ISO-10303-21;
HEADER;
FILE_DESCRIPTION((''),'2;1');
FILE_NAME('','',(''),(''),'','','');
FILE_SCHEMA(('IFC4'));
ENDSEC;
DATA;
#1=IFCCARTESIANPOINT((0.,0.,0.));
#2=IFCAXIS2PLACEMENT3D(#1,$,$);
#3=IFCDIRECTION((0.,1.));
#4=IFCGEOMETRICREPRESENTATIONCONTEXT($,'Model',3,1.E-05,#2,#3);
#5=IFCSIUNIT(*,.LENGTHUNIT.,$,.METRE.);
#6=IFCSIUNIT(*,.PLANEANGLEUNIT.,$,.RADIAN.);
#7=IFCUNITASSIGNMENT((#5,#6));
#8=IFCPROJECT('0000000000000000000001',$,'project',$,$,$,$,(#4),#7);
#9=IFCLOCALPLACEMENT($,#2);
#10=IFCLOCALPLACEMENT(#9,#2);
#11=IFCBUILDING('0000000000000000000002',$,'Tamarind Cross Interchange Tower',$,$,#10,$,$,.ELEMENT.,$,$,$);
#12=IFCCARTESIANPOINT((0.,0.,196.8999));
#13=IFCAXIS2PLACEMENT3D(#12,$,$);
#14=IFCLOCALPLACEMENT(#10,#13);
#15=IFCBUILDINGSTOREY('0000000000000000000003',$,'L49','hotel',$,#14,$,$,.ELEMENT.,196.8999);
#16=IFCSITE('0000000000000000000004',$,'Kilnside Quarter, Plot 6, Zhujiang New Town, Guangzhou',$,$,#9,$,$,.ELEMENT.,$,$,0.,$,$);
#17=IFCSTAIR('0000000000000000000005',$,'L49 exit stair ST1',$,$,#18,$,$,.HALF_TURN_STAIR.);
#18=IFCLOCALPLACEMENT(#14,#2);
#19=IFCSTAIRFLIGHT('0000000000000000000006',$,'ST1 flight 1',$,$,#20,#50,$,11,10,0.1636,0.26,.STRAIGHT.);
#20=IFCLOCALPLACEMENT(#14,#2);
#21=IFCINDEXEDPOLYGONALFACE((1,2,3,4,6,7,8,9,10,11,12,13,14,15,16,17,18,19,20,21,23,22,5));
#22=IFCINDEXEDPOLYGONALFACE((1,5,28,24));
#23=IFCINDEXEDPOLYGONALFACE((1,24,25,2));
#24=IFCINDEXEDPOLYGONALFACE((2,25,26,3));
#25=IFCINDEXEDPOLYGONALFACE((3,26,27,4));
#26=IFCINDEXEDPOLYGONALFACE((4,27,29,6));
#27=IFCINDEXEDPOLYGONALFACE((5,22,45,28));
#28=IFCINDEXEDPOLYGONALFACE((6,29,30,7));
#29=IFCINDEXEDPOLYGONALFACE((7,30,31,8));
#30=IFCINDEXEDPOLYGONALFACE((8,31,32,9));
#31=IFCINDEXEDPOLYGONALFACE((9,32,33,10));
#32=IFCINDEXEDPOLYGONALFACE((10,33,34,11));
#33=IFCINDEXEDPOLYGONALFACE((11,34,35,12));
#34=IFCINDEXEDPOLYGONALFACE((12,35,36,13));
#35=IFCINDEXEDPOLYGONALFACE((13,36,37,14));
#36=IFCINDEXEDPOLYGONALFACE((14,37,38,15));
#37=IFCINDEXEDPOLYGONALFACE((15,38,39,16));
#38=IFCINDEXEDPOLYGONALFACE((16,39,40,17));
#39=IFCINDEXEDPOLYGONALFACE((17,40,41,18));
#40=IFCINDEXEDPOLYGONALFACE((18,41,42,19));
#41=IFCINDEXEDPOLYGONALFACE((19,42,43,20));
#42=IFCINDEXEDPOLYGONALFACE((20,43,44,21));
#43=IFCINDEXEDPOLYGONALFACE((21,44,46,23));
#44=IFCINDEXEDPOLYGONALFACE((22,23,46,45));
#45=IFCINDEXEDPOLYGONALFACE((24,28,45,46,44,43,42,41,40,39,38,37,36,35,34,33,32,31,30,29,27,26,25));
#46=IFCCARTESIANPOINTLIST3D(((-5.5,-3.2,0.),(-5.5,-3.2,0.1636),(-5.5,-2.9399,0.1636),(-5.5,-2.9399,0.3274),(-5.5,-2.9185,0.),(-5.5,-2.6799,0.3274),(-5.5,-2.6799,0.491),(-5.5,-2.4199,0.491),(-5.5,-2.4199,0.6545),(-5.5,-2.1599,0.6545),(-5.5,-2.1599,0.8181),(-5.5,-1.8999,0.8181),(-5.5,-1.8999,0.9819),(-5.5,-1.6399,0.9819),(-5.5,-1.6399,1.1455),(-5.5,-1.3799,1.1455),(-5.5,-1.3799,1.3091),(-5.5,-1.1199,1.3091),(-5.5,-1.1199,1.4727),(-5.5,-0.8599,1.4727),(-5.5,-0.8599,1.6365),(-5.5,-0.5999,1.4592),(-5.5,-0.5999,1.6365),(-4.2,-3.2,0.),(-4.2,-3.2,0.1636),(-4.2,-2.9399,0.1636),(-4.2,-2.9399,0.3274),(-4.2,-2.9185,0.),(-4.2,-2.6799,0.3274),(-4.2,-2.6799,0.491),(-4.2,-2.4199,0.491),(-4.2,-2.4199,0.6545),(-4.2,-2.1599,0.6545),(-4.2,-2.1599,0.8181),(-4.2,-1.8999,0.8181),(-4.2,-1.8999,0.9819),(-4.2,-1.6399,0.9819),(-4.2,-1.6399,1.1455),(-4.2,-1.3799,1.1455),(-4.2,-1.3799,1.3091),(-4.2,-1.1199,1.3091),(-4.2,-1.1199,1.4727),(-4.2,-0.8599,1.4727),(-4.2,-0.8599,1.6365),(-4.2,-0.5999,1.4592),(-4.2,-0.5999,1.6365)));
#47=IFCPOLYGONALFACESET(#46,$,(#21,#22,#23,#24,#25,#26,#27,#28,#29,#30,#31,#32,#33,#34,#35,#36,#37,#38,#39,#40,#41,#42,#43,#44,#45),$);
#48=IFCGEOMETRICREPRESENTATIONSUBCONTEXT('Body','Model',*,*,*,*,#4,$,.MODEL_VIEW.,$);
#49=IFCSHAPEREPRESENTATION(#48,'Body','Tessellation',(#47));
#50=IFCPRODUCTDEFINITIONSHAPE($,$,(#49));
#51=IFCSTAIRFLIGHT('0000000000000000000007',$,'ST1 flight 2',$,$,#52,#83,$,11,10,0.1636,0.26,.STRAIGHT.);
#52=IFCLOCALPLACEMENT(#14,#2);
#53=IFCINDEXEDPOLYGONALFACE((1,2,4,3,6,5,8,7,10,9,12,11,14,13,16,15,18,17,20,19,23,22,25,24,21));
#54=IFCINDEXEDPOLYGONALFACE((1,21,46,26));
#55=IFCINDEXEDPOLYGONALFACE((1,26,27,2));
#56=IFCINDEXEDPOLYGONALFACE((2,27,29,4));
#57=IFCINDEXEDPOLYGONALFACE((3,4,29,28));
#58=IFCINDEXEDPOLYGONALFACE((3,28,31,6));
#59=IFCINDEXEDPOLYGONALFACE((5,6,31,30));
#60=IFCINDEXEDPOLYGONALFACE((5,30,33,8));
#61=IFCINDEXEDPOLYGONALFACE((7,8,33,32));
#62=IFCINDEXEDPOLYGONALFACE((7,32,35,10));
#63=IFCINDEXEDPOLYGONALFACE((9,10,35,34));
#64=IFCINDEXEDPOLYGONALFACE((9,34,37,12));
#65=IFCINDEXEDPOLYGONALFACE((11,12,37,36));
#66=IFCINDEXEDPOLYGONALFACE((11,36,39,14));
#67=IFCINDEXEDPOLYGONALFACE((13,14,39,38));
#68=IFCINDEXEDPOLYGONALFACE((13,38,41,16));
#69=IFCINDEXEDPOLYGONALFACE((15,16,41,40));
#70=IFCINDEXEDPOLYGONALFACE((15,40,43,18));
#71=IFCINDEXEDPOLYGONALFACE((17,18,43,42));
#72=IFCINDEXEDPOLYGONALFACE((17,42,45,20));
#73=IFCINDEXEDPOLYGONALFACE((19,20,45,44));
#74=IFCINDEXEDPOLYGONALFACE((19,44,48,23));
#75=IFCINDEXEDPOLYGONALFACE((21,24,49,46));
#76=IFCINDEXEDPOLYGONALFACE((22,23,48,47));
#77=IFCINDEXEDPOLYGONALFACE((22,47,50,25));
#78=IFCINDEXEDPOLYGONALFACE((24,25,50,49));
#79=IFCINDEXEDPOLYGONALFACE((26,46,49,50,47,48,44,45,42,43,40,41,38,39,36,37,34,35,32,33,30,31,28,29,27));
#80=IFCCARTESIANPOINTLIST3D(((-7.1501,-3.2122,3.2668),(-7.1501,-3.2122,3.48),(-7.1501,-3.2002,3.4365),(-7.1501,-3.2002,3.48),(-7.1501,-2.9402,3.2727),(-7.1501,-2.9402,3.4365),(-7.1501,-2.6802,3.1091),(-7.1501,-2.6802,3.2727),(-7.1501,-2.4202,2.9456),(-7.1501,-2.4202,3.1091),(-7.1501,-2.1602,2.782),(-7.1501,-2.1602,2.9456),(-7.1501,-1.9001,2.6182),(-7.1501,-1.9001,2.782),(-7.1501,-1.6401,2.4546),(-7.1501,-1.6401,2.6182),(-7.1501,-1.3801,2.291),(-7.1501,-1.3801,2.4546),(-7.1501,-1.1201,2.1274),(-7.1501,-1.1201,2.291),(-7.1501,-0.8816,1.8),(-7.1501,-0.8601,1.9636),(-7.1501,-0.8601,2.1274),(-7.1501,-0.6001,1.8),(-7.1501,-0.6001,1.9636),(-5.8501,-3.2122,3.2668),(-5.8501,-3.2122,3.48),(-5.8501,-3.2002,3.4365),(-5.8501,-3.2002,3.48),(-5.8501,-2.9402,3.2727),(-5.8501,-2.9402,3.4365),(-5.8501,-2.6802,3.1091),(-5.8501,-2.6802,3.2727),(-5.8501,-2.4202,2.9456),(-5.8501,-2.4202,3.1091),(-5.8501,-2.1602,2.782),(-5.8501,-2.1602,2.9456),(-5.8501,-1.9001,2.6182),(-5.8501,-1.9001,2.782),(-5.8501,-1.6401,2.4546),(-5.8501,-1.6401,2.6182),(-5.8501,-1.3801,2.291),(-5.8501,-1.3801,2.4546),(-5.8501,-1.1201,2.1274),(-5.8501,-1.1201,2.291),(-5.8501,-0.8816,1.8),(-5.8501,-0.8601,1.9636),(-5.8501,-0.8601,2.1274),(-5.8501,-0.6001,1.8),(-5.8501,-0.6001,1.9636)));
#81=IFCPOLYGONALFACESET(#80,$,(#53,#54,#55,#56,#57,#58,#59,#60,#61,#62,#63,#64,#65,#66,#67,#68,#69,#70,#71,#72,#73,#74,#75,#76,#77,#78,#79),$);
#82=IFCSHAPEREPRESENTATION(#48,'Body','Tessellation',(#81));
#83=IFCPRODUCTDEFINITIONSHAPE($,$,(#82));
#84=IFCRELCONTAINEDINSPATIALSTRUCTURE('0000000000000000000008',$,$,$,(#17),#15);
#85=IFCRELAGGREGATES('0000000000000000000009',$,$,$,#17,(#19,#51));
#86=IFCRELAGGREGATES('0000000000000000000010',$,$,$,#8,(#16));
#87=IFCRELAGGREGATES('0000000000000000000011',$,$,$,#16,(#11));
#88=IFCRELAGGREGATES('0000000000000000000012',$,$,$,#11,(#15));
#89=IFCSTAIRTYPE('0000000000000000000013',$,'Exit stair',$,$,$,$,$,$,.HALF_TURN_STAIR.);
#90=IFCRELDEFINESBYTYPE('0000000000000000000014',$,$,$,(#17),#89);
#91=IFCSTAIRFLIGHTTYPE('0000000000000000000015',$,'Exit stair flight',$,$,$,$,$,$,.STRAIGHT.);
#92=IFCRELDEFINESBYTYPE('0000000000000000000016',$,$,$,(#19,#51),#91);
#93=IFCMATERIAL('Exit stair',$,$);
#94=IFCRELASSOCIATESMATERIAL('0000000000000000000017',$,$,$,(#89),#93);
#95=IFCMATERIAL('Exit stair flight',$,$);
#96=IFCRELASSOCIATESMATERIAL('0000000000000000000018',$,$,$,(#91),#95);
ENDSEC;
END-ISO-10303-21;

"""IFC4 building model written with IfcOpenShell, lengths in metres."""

from ifc_helpers import new_model, si_unit, direction, frame, origin, place, context, subcontext, project, spatial, polyline, outline, extrude, material, type_object, element, aggregate, save


model = new_model("IFC4")

# Units and contexts
model_context = context("Model", 3, precision=1e-05, world=origin(), true_north=direction((0.0, 1.0)))
body_context = subcontext(model_context, "Body", "Model", "MODEL_VIEW")
ifc_project = project(units=[si_unit("LENGTHUNIT", "METRE"), si_unit("PLANEANGLEUNIT", "RADIAN")], contexts=[model_context])

# Site, building, storey
site_placement = place(None, origin())
site = spatial("IfcSite", under=ifc_project, at=site_placement, Name="Kilnside Quarter, Plot 6, Zhujiang New Town, Guangzhou", CompositionType="ELEMENT", RefElevation=0.0)
building_placement = place(site_placement, origin())
building = spatial("IfcBuilding", under=site, at=building_placement, Name="Tamarind Cross Interchange Tower", CompositionType="ELEMENT")
storey_placement = place(building_placement, frame((0.0, 0.0, 196.8999)))
storey = spatial("IfcBuildingStorey", under=building, at=storey_placement, Name="L49", Description="hotel", CompositionType="ELEMENT", Elevation=196.8999)

# Stair, stair flights
ifc_material_1 = material(Name="Exit stair")
stair_type = type_object("IfcStairType", Name="Exit stair", PredefinedType="HALF_TURN_STAIR", material=ifc_material_1)
stair_placement = place(storey_placement, origin())
stair = element("IfcStair", 1, at=stair_placement, inside=storey, type_object=stair_type, Name="L49 exit stair ST1", PredefinedType="HALF_TURN_STAIR")
ifc_material_2 = material(Name="Exit stair flight")
stair_flight_type = type_object("IfcStairFlightType", Name="Exit stair flight", PredefinedType="STRAIGHT", material=ifc_material_2)
stair_flight_1_placement = place(storey_placement, frame((-4.8501, -3.2, 0.0), z_axis=(0.0, 0.0, 1.0), x_axis=(0.0, 1.0, 0.0)))
stair_flight_1 = element("IfcStairFlight", 2, at=stair_flight_1_placement, type_object=stair_flight_type, Name="ST1 flight 1", NumberOfRisers=11, NumberOfTreads=10, PredefinedType="STRAIGHT", RiserHeight=0.1636, TreadLength=0.26, context=body_context, shape_type="SweptSolid", body=[
    extrude(outline(polyline([(0.0, 0.0), (0.0, 0.1636), (0.26, 0.1636), (0.26, 0.3274), (0.52, 0.3274), (0.52, 0.491), (0.78, 0.491), (0.78, 0.6545), (1.04, 0.6545), (1.04, 0.8181), (1.3, 0.8181), (1.3, 0.9819), (1.5601, 0.9819), (1.5601, 1.1455), (1.8201, 1.1455), (1.8201, 1.3091), (2.0801, 1.3091), (2.0801, 1.4727), (2.3401, 1.4727), (2.3401, 1.6365), (2.6001, 1.6365), (2.6001, 1.8), (2.6001, 1.4592), (0.2815, 0.0), (0.0, 0.0)])), frame((0.0, 0.6499, 0.0), z_axis=(0.0, -1.0, 0.0), x_axis=(1.0, 0.0, 0.0)), (0.0, 0.0, 1.0), 1.3),
])
stair_flight_2_placement = place(storey_placement, frame((-6.5, -0.6001, 1.8), z_axis=(0.0, 0.0, 1.0), x_axis=(0.0, -1.0, 0.0)))
stair_flight_2 = element("IfcStairFlight", 3, at=stair_flight_2_placement, type_object=stair_flight_type, Name="ST1 flight 2", NumberOfRisers=11, NumberOfTreads=10, PredefinedType="STRAIGHT", RiserHeight=0.1636, TreadLength=0.26, context=body_context, shape_type="SweptSolid", body=[
    extrude(outline(polyline([(0.0, 0.0), (0.0, 0.1636), (0.26, 0.1636), (0.26, 0.3274), (0.52, 0.3274), (0.52, 0.491), (0.78, 0.491), (0.78, 0.6545), (1.04, 0.6545), (1.04, 0.8181), (1.3, 0.8181), (1.3, 0.9819), (1.5601, 0.9819), (1.5601, 1.1455), (1.8201, 1.1455), (1.8201, 1.3091), (2.0801, 1.3091), (2.0801, 1.4727), (2.3401, 1.4727), (2.3401, 1.6365), (2.6001, 1.6365), (2.6001, 1.6799), (2.6121, 1.6799), (2.6121, 1.4668), (0.2815, 0.0), (0.0, 0.0)])), frame((0.0, 0.6499, 0.0), z_axis=(0.0, -1.0, 0.0), x_axis=(1.0, 0.0, 0.0)), (0.0, 0.0, 1.0), 1.3),
])
aggregate(stair, [stair_flight_1, stair_flight_2])

save(model, "model.ifc")
